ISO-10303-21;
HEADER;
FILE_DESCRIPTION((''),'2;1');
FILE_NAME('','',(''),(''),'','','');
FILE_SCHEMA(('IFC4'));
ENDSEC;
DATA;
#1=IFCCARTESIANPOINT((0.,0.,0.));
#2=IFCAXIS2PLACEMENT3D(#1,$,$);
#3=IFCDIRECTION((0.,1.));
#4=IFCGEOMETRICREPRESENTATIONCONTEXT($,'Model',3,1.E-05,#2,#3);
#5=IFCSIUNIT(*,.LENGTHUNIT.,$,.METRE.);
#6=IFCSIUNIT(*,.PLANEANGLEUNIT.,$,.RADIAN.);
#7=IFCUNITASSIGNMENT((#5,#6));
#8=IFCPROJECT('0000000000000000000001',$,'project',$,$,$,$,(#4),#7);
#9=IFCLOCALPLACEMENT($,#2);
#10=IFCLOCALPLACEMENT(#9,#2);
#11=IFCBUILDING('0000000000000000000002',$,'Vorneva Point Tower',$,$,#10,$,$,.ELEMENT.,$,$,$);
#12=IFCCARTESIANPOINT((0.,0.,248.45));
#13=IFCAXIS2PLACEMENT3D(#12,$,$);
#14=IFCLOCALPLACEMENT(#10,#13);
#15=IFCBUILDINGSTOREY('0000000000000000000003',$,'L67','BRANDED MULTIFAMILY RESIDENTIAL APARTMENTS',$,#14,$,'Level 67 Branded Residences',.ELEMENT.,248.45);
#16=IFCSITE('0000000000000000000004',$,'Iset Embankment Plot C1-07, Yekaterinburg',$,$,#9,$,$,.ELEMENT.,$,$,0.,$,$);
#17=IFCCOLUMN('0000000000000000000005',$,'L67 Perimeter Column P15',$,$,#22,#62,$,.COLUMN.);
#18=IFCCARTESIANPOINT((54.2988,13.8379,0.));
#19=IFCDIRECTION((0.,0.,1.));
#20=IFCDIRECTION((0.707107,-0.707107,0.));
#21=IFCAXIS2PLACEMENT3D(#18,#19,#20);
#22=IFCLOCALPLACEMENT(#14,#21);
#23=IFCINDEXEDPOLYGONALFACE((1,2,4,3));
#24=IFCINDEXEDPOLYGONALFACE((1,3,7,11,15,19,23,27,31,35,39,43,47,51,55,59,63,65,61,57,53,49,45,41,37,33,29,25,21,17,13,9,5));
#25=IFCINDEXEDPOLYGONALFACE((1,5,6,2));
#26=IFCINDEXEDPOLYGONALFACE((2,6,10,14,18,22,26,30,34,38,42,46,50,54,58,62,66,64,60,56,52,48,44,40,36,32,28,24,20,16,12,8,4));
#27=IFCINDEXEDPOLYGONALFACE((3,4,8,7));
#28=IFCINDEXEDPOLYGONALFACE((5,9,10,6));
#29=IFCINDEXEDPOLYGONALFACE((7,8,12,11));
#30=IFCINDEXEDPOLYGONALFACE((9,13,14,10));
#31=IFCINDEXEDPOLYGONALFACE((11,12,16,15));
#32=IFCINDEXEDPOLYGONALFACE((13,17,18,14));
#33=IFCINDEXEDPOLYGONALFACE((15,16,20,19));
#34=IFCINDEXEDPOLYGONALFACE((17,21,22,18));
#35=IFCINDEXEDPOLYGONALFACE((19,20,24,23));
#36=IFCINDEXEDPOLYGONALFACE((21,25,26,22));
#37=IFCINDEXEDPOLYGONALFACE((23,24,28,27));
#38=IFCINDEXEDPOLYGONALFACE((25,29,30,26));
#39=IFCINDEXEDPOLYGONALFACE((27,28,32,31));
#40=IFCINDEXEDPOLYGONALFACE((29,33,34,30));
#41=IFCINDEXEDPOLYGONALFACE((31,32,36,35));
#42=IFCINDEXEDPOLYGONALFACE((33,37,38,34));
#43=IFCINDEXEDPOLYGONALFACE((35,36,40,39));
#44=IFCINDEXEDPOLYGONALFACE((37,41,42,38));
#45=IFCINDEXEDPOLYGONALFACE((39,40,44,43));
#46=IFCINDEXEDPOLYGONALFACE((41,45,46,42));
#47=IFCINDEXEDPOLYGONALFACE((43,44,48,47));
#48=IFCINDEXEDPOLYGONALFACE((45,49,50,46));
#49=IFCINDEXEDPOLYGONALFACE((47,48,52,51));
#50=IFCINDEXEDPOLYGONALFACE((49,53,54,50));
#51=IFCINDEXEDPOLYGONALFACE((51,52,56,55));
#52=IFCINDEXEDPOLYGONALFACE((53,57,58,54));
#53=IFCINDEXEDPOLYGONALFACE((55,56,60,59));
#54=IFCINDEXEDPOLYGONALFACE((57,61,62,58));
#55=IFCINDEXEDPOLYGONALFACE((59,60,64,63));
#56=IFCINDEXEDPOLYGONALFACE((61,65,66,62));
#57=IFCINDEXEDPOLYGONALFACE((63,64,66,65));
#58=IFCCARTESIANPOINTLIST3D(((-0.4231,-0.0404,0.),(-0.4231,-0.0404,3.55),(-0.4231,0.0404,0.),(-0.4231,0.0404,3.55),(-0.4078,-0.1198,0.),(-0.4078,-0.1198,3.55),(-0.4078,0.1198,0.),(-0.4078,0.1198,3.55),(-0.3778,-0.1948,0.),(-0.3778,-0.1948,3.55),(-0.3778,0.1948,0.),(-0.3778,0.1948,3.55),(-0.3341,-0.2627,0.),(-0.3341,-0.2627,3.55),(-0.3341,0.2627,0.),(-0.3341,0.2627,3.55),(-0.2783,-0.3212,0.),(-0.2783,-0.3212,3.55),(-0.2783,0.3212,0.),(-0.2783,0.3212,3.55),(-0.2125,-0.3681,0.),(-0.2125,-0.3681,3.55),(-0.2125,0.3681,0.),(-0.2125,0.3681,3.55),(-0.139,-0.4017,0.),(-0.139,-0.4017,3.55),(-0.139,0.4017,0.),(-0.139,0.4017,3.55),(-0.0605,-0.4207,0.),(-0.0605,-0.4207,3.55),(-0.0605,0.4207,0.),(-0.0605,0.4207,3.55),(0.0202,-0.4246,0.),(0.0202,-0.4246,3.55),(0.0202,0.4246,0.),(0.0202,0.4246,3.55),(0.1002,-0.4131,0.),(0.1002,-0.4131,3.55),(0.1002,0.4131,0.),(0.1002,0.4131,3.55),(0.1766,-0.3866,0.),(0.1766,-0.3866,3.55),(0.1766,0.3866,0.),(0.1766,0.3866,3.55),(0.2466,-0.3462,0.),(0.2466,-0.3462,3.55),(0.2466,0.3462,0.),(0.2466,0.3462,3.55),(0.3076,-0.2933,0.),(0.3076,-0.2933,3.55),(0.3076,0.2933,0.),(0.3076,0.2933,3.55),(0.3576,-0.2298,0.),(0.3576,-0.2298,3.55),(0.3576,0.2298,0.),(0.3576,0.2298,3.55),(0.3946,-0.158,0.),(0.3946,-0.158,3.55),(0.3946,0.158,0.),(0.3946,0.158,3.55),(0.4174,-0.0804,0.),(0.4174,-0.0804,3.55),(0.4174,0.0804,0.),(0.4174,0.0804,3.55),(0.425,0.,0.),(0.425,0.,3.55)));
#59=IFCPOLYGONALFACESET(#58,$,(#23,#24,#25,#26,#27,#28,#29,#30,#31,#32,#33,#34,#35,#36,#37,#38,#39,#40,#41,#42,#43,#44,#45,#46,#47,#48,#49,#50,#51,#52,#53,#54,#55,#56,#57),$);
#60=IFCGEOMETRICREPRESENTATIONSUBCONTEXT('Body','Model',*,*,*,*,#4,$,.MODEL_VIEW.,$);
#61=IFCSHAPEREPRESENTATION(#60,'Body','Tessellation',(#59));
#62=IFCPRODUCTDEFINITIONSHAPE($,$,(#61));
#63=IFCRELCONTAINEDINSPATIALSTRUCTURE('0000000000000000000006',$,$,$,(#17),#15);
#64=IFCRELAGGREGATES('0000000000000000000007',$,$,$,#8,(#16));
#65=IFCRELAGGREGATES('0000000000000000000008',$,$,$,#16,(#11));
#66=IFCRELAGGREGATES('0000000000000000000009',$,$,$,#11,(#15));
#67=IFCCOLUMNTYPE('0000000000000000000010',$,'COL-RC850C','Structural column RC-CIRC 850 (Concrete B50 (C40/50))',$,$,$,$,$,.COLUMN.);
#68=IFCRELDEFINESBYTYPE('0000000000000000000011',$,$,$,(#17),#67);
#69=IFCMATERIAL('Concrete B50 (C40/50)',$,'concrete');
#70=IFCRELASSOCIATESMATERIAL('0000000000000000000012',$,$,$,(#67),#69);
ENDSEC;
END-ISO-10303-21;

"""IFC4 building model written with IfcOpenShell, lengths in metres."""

from ifc_helpers import new_model, si_unit, direction, frame, origin, origin_2d, place, context, subcontext, project, spatial, circle, extrude, material, material_profile, profile_set, type_object, element, save


model = new_model("IFC4")

# Units and contexts
model_context = context("Model", 3, precision=1e-05, world=origin(), true_north=direction((0.0, 1.0)))
body_context = subcontext(model_context, "Body", "Model", "MODEL_VIEW")
ifc_project = project(units=[si_unit("LENGTHUNIT", "METRE"), si_unit("PLANEANGLEUNIT", "RADIAN")], contexts=[model_context])

# Site, building, storey
site_placement = place(None, origin())
site = spatial("IfcSite", under=ifc_project, at=site_placement, Name="Iset Embankment Plot C1-07, Yekaterinburg", CompositionType="ELEMENT", RefElevation=0.0)
building_placement = place(site_placement, origin())
building = spatial("IfcBuilding", under=site, at=building_placement, Name="Vorneva Point Tower", CompositionType="ELEMENT")
storey_placement = place(building_placement, frame((0.0, 0.0, 248.45)))
storey = spatial("IfcBuildingStorey", under=building, at=storey_placement, Name="L67", Description="BRANDED MULTIFAMILY RESIDENTIAL APARTMENTS", LongName="Level 67 Branded Residences", CompositionType="ELEMENT", Elevation=248.45)

# Column
ifc_material_1 = material(Name="Concrete B50 (C40/50)", Category="concrete")
ifc_material_profile_1 = material_profile(ifc_material_1, circle(Radius=0.425, at=origin_2d()), Name="RC-CIRC 850")
ifc_profile_set_1 = profile_set([ifc_material_profile_1], Name="Concrete B50 (C40/50)")
column_type = type_object("IfcColumnType", Name="COL-RC850C", Description="Structural column RC-CIRC 850 (Concrete B50 (C40/50))", PredefinedType="COLUMN", material=ifc_profile_set_1)
for number, where, z_axis, x_axis, name in (
    (1, (54.2988, 13.8379, 0.0), (0.0, 0.0, 1.0), (0.707107, -0.707107, 0.0), "L67 Perimeter Column P15"),
):
    element("IfcColumn", number, at=place(storey_placement, frame(where, z_axis=z_axis, x_axis=x_axis)), inside=storey, type_object=column_type, Name=name, PredefinedType="COLUMN", context=body_context, shape_type="SweptSolid", body=[
        extrude(circle(Radius=0.425, at=origin_2d()), origin(), (0.0, 0.0, 1.0), 3.55),
    ])

save(model, "model.ifc")
